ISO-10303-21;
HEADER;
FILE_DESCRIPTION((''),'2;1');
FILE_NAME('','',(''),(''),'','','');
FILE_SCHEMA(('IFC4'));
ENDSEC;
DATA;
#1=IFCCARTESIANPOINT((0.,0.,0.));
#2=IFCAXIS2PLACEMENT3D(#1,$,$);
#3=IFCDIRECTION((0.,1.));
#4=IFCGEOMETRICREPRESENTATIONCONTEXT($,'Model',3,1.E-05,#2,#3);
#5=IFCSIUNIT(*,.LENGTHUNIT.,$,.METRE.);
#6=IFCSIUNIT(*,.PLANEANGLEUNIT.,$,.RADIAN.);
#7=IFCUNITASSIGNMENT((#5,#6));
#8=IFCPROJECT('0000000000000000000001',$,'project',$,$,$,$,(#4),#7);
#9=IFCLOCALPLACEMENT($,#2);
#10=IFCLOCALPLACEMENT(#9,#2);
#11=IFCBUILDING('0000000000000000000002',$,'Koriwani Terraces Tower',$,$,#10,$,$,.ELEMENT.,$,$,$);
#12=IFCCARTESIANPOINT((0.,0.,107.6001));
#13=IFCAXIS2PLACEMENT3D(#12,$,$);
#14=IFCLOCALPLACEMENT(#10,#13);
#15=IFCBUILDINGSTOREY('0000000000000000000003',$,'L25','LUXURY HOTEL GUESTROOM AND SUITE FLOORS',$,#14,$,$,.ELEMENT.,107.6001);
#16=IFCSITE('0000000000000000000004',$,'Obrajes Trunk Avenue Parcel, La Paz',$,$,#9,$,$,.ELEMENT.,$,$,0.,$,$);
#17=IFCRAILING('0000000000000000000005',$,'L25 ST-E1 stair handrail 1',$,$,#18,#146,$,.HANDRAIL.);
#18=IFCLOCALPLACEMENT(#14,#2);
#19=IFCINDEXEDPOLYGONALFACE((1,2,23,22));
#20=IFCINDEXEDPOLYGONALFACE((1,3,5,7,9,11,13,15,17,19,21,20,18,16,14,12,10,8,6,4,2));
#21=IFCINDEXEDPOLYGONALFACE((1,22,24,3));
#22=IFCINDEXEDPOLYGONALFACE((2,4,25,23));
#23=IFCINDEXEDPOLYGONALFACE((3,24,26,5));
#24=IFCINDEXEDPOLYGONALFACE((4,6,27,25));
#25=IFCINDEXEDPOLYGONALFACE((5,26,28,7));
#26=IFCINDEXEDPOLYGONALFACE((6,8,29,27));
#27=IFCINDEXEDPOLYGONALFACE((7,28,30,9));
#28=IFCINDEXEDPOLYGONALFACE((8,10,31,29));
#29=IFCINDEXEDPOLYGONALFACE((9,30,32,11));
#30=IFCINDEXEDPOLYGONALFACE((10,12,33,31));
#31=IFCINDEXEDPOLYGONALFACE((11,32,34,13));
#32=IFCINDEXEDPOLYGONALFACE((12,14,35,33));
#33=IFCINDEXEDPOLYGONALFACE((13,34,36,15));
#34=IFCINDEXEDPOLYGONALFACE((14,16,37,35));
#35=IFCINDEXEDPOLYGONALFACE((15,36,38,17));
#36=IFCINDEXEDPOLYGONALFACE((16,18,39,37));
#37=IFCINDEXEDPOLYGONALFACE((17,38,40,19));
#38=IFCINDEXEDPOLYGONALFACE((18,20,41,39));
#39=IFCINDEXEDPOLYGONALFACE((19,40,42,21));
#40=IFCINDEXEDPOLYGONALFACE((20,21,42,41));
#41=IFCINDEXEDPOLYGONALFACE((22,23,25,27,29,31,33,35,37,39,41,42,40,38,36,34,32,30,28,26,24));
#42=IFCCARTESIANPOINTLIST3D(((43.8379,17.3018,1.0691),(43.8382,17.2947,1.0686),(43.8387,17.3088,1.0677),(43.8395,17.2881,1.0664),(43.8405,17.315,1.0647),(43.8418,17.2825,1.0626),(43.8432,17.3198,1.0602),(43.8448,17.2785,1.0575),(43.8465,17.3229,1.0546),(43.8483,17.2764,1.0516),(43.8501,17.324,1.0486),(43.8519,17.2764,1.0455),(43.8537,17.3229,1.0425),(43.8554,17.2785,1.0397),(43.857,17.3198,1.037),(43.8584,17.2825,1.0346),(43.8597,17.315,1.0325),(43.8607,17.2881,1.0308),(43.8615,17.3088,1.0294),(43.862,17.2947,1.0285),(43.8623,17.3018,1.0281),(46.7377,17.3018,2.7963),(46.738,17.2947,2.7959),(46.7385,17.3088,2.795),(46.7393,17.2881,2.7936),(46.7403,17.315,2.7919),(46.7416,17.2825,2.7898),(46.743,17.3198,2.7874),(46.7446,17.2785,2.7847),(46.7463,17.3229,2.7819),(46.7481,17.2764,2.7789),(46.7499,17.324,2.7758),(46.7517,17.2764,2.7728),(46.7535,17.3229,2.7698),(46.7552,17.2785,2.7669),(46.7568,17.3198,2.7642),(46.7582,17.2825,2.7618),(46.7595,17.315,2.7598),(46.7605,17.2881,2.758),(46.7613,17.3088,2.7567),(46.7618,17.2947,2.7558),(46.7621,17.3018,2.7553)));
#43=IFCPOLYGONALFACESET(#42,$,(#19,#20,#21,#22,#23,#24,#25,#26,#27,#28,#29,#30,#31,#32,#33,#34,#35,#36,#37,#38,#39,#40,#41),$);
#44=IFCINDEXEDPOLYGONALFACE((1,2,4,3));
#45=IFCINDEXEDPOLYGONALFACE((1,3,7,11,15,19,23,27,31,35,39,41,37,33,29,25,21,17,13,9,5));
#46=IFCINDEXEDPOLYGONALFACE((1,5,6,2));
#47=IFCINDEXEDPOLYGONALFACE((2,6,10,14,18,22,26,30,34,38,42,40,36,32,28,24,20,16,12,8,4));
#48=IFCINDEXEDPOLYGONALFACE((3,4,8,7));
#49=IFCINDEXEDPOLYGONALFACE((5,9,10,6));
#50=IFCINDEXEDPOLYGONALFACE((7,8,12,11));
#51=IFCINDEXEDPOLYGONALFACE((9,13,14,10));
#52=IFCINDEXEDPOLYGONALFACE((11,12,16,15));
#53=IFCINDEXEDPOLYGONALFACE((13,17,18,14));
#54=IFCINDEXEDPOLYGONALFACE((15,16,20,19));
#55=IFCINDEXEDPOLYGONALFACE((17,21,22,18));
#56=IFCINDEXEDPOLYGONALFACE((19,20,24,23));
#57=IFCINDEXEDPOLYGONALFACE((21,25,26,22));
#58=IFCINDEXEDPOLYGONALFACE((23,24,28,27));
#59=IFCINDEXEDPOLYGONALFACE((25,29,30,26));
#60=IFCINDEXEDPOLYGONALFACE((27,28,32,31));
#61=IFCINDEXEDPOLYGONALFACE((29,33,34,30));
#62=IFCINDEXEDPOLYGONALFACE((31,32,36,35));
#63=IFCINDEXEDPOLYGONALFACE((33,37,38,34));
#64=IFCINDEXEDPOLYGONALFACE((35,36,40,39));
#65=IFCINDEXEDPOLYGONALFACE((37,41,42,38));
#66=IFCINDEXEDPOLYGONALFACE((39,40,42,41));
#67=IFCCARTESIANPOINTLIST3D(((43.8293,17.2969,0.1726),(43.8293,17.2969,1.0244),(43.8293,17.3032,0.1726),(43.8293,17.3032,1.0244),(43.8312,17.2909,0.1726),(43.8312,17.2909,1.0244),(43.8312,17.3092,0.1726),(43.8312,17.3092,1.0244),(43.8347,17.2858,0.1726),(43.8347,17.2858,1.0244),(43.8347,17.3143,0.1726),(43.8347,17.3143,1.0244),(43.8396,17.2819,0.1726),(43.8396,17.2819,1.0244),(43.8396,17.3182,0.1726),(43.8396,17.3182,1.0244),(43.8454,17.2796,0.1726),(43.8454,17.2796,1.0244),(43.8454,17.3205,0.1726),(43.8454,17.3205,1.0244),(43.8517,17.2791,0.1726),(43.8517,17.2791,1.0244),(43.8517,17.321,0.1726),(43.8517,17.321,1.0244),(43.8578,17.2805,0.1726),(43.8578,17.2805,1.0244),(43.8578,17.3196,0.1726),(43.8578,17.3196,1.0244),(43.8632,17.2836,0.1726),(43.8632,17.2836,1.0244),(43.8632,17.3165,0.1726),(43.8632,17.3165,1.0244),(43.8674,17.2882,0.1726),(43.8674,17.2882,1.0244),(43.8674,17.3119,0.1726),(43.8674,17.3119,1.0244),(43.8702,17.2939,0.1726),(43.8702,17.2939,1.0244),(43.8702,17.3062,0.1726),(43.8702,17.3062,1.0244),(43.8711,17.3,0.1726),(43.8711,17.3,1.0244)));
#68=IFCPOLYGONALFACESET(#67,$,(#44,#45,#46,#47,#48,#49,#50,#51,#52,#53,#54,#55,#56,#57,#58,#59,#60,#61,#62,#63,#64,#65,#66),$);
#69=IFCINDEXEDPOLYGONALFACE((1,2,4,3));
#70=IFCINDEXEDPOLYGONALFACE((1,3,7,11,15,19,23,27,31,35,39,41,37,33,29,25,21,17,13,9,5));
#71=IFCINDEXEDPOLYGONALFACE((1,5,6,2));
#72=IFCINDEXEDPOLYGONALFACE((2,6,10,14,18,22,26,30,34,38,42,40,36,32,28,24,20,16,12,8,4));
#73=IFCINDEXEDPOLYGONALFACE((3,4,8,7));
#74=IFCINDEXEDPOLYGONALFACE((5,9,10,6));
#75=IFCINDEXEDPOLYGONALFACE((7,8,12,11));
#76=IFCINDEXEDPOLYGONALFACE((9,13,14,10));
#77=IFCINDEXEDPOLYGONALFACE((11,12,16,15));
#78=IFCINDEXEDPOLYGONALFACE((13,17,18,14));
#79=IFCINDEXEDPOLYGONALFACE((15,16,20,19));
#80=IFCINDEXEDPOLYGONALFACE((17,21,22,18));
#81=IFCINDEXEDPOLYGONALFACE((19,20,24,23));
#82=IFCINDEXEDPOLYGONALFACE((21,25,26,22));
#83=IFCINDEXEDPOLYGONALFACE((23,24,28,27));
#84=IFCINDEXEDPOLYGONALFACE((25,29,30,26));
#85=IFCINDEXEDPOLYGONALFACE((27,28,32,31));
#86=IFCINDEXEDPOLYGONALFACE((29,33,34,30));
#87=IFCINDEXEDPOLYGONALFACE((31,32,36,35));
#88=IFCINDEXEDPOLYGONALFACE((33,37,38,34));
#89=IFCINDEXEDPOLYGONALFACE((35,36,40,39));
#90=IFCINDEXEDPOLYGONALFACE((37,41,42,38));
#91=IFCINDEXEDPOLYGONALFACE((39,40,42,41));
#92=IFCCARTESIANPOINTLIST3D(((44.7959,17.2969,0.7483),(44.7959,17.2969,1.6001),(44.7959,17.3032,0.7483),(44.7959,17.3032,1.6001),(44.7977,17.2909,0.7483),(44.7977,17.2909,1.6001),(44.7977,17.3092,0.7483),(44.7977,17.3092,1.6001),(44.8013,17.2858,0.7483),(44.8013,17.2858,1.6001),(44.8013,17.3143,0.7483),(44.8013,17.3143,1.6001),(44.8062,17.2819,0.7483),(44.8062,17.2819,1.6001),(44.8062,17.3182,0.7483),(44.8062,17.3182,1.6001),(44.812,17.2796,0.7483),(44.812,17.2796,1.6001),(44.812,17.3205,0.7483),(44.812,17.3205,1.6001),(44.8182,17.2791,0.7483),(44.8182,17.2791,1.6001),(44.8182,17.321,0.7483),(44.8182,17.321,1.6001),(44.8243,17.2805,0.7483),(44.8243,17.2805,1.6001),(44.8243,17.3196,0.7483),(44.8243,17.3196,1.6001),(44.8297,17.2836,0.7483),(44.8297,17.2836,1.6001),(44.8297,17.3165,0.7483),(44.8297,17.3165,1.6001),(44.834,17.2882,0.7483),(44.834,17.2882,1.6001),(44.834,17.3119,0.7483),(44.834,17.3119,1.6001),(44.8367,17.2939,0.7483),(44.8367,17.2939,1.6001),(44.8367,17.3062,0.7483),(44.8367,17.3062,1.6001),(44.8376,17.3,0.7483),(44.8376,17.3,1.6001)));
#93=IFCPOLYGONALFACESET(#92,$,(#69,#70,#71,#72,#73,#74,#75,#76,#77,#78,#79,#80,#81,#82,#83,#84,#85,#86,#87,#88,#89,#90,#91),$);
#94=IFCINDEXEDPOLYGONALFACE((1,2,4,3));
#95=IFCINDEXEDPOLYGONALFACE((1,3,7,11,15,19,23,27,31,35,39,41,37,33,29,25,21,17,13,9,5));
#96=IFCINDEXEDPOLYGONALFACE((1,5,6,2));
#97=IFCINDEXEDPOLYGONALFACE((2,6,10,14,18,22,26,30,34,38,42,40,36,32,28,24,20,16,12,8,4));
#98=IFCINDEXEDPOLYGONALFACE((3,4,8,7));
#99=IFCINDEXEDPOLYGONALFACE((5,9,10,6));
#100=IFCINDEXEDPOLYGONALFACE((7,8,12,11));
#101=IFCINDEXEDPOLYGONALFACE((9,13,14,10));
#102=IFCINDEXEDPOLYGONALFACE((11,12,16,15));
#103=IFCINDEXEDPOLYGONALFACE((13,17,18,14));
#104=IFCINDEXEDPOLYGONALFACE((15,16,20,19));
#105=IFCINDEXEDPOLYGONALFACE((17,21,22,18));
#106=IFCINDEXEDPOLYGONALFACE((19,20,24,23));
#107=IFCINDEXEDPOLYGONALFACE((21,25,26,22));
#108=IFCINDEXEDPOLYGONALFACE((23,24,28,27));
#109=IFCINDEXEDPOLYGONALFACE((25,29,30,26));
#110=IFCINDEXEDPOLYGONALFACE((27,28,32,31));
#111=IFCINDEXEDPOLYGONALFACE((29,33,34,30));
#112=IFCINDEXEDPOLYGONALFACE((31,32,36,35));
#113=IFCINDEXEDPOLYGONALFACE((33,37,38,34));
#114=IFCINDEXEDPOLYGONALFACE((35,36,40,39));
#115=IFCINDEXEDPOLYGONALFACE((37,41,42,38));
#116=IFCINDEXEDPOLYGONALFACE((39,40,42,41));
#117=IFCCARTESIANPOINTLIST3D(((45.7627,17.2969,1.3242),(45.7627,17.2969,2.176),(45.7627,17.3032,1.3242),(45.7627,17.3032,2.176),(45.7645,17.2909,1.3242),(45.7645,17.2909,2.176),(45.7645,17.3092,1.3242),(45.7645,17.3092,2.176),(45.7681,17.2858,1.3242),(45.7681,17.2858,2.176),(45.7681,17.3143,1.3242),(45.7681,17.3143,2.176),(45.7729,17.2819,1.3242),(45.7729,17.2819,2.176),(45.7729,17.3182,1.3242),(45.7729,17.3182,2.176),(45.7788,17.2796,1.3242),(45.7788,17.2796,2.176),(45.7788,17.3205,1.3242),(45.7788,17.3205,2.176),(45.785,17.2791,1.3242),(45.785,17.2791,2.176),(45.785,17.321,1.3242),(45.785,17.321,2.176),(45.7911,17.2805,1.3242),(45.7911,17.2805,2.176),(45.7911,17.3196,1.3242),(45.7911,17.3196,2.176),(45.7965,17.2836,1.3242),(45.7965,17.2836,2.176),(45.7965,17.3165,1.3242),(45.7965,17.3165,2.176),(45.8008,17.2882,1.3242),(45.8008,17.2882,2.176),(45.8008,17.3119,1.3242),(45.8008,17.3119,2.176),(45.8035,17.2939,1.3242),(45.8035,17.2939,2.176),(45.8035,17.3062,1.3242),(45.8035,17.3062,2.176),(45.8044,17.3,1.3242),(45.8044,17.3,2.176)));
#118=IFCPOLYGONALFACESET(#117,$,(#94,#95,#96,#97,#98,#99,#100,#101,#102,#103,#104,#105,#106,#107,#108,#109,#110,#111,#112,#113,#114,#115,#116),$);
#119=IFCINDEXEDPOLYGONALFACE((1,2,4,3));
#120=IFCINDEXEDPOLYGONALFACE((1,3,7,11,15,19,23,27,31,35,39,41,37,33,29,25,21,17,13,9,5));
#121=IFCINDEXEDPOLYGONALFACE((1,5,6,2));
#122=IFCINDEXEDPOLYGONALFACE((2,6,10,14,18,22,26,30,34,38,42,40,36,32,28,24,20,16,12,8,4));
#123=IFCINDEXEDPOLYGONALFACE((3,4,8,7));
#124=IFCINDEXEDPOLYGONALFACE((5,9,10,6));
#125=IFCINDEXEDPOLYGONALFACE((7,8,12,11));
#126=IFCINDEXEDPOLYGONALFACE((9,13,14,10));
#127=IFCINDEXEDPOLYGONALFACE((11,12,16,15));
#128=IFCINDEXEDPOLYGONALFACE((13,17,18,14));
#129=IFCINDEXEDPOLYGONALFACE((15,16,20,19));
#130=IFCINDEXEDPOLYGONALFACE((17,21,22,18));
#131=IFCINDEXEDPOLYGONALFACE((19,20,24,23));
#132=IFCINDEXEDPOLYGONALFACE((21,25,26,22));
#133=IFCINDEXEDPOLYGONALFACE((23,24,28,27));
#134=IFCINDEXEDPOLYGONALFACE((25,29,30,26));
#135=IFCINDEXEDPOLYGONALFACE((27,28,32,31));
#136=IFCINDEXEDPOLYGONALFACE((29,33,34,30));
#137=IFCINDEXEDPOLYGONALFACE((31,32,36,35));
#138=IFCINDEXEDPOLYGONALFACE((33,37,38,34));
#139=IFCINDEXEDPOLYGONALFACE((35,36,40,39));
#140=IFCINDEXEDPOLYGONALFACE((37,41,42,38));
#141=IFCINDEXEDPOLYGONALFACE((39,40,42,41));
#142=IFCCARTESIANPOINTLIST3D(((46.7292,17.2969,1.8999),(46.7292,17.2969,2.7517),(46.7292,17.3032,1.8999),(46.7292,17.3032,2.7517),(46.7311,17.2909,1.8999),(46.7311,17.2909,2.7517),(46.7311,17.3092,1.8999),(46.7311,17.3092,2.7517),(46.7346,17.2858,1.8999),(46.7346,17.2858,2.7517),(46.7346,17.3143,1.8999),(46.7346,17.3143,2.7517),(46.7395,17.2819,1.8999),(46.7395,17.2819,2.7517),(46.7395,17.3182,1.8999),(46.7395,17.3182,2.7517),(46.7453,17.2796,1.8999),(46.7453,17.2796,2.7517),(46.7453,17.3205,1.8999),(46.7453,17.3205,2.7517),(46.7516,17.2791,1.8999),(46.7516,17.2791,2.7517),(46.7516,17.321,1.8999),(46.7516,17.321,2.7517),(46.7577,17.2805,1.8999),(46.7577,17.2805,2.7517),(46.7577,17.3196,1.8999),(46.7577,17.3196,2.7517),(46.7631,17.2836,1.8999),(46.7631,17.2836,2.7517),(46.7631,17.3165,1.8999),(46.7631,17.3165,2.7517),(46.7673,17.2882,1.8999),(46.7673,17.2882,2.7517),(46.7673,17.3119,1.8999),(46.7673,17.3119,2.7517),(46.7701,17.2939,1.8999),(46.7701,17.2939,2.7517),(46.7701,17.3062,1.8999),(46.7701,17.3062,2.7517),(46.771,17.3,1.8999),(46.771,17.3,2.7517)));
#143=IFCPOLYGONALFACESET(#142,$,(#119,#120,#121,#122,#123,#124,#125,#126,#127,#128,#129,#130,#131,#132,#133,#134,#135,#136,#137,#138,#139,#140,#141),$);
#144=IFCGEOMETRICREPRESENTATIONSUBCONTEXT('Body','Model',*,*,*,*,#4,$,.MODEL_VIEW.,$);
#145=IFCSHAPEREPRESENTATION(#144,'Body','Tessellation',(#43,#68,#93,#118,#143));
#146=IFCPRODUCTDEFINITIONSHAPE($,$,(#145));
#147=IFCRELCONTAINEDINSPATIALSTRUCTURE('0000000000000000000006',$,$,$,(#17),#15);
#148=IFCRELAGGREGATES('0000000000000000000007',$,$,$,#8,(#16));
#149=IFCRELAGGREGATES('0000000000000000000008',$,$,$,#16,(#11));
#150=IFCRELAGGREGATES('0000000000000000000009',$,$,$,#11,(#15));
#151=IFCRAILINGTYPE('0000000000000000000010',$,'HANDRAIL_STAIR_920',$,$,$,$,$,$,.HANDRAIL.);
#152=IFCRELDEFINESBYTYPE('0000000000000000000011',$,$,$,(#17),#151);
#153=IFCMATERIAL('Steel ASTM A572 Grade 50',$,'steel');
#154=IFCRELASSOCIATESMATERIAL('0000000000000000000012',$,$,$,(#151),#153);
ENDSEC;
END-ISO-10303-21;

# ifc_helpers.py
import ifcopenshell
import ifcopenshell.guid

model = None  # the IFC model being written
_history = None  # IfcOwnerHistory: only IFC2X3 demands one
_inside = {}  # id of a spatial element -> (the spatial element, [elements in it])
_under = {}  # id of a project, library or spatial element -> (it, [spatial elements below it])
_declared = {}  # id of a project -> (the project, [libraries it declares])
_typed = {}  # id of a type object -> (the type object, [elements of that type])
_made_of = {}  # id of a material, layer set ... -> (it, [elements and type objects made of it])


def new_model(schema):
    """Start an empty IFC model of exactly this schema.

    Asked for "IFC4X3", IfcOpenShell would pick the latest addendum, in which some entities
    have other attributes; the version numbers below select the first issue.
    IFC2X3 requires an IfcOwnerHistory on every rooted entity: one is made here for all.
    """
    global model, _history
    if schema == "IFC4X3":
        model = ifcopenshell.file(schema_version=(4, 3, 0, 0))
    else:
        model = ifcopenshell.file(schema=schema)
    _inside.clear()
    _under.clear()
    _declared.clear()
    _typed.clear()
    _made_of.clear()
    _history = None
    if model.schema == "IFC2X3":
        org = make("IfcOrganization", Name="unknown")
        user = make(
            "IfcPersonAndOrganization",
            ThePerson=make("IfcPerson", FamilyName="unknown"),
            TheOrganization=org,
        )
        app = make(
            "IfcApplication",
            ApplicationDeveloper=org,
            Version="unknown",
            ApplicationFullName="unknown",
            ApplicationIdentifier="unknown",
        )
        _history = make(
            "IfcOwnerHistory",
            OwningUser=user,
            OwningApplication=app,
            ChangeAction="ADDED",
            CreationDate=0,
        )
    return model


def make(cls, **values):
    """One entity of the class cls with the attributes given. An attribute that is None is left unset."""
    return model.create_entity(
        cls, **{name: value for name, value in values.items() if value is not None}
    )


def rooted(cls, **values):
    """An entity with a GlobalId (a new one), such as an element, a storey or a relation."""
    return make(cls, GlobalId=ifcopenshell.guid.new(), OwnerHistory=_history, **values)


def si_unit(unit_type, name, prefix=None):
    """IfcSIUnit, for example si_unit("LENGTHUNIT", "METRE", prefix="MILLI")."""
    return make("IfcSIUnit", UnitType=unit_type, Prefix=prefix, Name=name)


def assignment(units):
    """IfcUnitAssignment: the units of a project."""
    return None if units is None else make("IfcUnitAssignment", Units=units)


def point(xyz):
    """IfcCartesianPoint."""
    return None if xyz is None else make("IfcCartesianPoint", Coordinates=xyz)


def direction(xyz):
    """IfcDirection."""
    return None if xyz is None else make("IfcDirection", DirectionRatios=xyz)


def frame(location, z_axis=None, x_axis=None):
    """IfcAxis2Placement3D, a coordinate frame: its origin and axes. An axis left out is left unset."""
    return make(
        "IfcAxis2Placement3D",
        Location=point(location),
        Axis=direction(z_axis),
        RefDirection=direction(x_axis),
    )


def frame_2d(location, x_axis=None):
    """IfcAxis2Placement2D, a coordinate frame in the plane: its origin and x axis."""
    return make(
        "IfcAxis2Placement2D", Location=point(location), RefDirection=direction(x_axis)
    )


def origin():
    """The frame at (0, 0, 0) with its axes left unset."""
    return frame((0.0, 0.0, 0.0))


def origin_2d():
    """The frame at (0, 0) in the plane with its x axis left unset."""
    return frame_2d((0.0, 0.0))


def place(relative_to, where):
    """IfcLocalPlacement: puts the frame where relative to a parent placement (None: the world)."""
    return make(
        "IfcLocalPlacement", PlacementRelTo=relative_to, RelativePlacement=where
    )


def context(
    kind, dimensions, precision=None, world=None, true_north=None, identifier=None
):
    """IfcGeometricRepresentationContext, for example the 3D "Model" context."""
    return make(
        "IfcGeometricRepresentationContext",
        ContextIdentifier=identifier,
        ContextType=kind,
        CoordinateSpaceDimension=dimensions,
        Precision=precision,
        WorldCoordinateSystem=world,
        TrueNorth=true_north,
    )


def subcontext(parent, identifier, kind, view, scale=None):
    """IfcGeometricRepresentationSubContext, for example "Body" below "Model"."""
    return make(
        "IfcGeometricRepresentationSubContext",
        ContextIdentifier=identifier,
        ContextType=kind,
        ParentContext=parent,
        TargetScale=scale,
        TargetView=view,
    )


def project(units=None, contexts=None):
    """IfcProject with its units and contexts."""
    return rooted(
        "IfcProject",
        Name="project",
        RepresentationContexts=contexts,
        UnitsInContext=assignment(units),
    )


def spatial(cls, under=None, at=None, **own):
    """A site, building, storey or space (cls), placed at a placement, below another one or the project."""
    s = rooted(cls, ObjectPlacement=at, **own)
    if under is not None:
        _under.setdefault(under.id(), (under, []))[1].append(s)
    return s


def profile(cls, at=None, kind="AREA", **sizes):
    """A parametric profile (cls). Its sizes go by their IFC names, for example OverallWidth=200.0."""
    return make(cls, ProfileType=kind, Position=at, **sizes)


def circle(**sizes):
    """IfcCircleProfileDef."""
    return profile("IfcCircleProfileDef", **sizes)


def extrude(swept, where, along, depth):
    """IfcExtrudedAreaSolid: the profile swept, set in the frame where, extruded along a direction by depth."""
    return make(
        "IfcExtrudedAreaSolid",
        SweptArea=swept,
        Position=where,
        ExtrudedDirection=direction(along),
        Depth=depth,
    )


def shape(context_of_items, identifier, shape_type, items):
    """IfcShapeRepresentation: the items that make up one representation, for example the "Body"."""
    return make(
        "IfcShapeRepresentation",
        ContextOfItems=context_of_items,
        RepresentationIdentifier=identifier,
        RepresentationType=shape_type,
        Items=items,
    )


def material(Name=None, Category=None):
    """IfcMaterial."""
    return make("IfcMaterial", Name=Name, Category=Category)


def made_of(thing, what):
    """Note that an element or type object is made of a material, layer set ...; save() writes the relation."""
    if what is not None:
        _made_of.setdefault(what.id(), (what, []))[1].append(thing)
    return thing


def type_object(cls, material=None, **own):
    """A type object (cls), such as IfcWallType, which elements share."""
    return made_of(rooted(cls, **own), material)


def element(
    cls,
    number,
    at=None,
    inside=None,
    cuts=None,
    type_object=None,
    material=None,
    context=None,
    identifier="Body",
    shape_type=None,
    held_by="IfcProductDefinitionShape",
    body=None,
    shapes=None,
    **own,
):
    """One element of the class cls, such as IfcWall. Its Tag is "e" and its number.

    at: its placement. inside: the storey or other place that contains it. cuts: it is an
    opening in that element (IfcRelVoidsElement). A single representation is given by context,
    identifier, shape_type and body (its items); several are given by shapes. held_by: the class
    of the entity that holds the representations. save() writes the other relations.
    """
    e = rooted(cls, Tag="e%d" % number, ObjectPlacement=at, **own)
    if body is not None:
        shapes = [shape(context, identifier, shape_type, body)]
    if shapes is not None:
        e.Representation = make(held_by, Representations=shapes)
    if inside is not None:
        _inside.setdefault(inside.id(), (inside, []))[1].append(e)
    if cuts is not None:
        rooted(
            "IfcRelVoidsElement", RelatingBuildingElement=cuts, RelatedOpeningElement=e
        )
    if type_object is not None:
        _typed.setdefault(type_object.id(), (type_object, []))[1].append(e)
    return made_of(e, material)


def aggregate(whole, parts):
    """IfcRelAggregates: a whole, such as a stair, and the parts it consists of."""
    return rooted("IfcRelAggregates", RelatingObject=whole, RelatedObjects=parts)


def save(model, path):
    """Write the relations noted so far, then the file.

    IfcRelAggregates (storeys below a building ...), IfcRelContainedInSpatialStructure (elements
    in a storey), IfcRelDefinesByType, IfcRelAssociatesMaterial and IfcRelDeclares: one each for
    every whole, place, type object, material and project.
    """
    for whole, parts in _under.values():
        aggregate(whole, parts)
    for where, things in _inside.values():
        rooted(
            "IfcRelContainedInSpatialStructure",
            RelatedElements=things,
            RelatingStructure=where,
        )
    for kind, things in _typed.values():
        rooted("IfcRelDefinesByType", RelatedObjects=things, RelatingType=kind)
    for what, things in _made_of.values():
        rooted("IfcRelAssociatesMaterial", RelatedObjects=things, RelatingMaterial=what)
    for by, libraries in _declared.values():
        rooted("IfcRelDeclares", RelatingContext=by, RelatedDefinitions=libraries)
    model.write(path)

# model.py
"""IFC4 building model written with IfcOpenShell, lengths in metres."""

from ifc_helpers import new_model, si_unit, direction, frame, origin, origin_2d, place, context, subcontext, project, spatial, circle, extrude, material, type_object, element, save


model = new_model("IFC4")

# Units and contexts
model_context = context("Model", 3, precision=1e-05, world=origin(), true_north=direction((0.0, 1.0)))
body_context = subcontext(model_context, "Body", "Model", "MODEL_VIEW")
ifc_project = project(units=[si_unit("LENGTHUNIT", "METRE"), si_unit("PLANEANGLEUNIT", "RADIAN")], contexts=[model_context])

# Site, building, storey
site_placement = place(None, origin())
site = spatial("IfcSite", under=ifc_project, at=site_placement, Name="Obrajes Trunk Avenue Parcel, La Paz", CompositionType="ELEMENT", RefElevation=0.0)
building_placement = place(site_placement, origin())
building = spatial("IfcBuilding", under=site, at=building_placement, Name="Koriwani Terraces Tower", CompositionType="ELEMENT")
storey_placement = place(building_placement, frame((0.0, 0.0, 107.6001)))
storey = spatial("IfcBuildingStorey", under=building, at=storey_placement, Name="L25", Description="LUXURY HOTEL GUESTROOM AND SUITE FLOORS", CompositionType="ELEMENT", Elevation=107.6001)

# Shared definitions
ifc_material_1 = material(Name="Steel ASTM A572 Grade 50", Category="steel")

# Railing
railing_type_1 = type_object("IfcRailingType", Name="HANDRAIL_STAIR_920", PredefinedType="HANDRAIL", material=ifc_material_1)
railing_1_placement = place(storey_placement, frame((43.8501, 17.3, 0.1726)))
element("IfcRailing", 1, at=railing_1_placement, inside=storey, type_object=railing_type_1, Name="L25 ST-E1 stair handrail 1", PredefinedType="HANDRAIL", context=body_context, shape_type="SweptSolid", body=[
    extrude(circle(Radius=0.0239, at=origin_2d()), frame((0.0, 0.0, 0.876), z_axis=(0.859141, 0.0, 0.511738), x_axis=(0.0, 1.0, 0.0)), (0.0, 0.0, 1.0), 3.3752),
    extrude(circle(Radius=0.021, at=origin_2d()), origin(), (0.0, 0.0, 1.0), 0.8518),
    extrude(circle(Radius=0.021, at=origin_2d()), frame((0.9666, 0.0, 0.5757)), (0.0, 0.0, 1.0), 0.8518),
    extrude(circle(Radius=0.021, at=origin_2d()), frame((1.9333, 0.0, 1.1516)), (0.0, 0.0, 1.0), 0.8518),
    extrude(circle(Radius=0.021, at=origin_2d()), frame((2.8999, 0.0, 1.7273)), (0.0, 0.0, 1.0), 0.8518),
])

save(model, "model.ifc")
